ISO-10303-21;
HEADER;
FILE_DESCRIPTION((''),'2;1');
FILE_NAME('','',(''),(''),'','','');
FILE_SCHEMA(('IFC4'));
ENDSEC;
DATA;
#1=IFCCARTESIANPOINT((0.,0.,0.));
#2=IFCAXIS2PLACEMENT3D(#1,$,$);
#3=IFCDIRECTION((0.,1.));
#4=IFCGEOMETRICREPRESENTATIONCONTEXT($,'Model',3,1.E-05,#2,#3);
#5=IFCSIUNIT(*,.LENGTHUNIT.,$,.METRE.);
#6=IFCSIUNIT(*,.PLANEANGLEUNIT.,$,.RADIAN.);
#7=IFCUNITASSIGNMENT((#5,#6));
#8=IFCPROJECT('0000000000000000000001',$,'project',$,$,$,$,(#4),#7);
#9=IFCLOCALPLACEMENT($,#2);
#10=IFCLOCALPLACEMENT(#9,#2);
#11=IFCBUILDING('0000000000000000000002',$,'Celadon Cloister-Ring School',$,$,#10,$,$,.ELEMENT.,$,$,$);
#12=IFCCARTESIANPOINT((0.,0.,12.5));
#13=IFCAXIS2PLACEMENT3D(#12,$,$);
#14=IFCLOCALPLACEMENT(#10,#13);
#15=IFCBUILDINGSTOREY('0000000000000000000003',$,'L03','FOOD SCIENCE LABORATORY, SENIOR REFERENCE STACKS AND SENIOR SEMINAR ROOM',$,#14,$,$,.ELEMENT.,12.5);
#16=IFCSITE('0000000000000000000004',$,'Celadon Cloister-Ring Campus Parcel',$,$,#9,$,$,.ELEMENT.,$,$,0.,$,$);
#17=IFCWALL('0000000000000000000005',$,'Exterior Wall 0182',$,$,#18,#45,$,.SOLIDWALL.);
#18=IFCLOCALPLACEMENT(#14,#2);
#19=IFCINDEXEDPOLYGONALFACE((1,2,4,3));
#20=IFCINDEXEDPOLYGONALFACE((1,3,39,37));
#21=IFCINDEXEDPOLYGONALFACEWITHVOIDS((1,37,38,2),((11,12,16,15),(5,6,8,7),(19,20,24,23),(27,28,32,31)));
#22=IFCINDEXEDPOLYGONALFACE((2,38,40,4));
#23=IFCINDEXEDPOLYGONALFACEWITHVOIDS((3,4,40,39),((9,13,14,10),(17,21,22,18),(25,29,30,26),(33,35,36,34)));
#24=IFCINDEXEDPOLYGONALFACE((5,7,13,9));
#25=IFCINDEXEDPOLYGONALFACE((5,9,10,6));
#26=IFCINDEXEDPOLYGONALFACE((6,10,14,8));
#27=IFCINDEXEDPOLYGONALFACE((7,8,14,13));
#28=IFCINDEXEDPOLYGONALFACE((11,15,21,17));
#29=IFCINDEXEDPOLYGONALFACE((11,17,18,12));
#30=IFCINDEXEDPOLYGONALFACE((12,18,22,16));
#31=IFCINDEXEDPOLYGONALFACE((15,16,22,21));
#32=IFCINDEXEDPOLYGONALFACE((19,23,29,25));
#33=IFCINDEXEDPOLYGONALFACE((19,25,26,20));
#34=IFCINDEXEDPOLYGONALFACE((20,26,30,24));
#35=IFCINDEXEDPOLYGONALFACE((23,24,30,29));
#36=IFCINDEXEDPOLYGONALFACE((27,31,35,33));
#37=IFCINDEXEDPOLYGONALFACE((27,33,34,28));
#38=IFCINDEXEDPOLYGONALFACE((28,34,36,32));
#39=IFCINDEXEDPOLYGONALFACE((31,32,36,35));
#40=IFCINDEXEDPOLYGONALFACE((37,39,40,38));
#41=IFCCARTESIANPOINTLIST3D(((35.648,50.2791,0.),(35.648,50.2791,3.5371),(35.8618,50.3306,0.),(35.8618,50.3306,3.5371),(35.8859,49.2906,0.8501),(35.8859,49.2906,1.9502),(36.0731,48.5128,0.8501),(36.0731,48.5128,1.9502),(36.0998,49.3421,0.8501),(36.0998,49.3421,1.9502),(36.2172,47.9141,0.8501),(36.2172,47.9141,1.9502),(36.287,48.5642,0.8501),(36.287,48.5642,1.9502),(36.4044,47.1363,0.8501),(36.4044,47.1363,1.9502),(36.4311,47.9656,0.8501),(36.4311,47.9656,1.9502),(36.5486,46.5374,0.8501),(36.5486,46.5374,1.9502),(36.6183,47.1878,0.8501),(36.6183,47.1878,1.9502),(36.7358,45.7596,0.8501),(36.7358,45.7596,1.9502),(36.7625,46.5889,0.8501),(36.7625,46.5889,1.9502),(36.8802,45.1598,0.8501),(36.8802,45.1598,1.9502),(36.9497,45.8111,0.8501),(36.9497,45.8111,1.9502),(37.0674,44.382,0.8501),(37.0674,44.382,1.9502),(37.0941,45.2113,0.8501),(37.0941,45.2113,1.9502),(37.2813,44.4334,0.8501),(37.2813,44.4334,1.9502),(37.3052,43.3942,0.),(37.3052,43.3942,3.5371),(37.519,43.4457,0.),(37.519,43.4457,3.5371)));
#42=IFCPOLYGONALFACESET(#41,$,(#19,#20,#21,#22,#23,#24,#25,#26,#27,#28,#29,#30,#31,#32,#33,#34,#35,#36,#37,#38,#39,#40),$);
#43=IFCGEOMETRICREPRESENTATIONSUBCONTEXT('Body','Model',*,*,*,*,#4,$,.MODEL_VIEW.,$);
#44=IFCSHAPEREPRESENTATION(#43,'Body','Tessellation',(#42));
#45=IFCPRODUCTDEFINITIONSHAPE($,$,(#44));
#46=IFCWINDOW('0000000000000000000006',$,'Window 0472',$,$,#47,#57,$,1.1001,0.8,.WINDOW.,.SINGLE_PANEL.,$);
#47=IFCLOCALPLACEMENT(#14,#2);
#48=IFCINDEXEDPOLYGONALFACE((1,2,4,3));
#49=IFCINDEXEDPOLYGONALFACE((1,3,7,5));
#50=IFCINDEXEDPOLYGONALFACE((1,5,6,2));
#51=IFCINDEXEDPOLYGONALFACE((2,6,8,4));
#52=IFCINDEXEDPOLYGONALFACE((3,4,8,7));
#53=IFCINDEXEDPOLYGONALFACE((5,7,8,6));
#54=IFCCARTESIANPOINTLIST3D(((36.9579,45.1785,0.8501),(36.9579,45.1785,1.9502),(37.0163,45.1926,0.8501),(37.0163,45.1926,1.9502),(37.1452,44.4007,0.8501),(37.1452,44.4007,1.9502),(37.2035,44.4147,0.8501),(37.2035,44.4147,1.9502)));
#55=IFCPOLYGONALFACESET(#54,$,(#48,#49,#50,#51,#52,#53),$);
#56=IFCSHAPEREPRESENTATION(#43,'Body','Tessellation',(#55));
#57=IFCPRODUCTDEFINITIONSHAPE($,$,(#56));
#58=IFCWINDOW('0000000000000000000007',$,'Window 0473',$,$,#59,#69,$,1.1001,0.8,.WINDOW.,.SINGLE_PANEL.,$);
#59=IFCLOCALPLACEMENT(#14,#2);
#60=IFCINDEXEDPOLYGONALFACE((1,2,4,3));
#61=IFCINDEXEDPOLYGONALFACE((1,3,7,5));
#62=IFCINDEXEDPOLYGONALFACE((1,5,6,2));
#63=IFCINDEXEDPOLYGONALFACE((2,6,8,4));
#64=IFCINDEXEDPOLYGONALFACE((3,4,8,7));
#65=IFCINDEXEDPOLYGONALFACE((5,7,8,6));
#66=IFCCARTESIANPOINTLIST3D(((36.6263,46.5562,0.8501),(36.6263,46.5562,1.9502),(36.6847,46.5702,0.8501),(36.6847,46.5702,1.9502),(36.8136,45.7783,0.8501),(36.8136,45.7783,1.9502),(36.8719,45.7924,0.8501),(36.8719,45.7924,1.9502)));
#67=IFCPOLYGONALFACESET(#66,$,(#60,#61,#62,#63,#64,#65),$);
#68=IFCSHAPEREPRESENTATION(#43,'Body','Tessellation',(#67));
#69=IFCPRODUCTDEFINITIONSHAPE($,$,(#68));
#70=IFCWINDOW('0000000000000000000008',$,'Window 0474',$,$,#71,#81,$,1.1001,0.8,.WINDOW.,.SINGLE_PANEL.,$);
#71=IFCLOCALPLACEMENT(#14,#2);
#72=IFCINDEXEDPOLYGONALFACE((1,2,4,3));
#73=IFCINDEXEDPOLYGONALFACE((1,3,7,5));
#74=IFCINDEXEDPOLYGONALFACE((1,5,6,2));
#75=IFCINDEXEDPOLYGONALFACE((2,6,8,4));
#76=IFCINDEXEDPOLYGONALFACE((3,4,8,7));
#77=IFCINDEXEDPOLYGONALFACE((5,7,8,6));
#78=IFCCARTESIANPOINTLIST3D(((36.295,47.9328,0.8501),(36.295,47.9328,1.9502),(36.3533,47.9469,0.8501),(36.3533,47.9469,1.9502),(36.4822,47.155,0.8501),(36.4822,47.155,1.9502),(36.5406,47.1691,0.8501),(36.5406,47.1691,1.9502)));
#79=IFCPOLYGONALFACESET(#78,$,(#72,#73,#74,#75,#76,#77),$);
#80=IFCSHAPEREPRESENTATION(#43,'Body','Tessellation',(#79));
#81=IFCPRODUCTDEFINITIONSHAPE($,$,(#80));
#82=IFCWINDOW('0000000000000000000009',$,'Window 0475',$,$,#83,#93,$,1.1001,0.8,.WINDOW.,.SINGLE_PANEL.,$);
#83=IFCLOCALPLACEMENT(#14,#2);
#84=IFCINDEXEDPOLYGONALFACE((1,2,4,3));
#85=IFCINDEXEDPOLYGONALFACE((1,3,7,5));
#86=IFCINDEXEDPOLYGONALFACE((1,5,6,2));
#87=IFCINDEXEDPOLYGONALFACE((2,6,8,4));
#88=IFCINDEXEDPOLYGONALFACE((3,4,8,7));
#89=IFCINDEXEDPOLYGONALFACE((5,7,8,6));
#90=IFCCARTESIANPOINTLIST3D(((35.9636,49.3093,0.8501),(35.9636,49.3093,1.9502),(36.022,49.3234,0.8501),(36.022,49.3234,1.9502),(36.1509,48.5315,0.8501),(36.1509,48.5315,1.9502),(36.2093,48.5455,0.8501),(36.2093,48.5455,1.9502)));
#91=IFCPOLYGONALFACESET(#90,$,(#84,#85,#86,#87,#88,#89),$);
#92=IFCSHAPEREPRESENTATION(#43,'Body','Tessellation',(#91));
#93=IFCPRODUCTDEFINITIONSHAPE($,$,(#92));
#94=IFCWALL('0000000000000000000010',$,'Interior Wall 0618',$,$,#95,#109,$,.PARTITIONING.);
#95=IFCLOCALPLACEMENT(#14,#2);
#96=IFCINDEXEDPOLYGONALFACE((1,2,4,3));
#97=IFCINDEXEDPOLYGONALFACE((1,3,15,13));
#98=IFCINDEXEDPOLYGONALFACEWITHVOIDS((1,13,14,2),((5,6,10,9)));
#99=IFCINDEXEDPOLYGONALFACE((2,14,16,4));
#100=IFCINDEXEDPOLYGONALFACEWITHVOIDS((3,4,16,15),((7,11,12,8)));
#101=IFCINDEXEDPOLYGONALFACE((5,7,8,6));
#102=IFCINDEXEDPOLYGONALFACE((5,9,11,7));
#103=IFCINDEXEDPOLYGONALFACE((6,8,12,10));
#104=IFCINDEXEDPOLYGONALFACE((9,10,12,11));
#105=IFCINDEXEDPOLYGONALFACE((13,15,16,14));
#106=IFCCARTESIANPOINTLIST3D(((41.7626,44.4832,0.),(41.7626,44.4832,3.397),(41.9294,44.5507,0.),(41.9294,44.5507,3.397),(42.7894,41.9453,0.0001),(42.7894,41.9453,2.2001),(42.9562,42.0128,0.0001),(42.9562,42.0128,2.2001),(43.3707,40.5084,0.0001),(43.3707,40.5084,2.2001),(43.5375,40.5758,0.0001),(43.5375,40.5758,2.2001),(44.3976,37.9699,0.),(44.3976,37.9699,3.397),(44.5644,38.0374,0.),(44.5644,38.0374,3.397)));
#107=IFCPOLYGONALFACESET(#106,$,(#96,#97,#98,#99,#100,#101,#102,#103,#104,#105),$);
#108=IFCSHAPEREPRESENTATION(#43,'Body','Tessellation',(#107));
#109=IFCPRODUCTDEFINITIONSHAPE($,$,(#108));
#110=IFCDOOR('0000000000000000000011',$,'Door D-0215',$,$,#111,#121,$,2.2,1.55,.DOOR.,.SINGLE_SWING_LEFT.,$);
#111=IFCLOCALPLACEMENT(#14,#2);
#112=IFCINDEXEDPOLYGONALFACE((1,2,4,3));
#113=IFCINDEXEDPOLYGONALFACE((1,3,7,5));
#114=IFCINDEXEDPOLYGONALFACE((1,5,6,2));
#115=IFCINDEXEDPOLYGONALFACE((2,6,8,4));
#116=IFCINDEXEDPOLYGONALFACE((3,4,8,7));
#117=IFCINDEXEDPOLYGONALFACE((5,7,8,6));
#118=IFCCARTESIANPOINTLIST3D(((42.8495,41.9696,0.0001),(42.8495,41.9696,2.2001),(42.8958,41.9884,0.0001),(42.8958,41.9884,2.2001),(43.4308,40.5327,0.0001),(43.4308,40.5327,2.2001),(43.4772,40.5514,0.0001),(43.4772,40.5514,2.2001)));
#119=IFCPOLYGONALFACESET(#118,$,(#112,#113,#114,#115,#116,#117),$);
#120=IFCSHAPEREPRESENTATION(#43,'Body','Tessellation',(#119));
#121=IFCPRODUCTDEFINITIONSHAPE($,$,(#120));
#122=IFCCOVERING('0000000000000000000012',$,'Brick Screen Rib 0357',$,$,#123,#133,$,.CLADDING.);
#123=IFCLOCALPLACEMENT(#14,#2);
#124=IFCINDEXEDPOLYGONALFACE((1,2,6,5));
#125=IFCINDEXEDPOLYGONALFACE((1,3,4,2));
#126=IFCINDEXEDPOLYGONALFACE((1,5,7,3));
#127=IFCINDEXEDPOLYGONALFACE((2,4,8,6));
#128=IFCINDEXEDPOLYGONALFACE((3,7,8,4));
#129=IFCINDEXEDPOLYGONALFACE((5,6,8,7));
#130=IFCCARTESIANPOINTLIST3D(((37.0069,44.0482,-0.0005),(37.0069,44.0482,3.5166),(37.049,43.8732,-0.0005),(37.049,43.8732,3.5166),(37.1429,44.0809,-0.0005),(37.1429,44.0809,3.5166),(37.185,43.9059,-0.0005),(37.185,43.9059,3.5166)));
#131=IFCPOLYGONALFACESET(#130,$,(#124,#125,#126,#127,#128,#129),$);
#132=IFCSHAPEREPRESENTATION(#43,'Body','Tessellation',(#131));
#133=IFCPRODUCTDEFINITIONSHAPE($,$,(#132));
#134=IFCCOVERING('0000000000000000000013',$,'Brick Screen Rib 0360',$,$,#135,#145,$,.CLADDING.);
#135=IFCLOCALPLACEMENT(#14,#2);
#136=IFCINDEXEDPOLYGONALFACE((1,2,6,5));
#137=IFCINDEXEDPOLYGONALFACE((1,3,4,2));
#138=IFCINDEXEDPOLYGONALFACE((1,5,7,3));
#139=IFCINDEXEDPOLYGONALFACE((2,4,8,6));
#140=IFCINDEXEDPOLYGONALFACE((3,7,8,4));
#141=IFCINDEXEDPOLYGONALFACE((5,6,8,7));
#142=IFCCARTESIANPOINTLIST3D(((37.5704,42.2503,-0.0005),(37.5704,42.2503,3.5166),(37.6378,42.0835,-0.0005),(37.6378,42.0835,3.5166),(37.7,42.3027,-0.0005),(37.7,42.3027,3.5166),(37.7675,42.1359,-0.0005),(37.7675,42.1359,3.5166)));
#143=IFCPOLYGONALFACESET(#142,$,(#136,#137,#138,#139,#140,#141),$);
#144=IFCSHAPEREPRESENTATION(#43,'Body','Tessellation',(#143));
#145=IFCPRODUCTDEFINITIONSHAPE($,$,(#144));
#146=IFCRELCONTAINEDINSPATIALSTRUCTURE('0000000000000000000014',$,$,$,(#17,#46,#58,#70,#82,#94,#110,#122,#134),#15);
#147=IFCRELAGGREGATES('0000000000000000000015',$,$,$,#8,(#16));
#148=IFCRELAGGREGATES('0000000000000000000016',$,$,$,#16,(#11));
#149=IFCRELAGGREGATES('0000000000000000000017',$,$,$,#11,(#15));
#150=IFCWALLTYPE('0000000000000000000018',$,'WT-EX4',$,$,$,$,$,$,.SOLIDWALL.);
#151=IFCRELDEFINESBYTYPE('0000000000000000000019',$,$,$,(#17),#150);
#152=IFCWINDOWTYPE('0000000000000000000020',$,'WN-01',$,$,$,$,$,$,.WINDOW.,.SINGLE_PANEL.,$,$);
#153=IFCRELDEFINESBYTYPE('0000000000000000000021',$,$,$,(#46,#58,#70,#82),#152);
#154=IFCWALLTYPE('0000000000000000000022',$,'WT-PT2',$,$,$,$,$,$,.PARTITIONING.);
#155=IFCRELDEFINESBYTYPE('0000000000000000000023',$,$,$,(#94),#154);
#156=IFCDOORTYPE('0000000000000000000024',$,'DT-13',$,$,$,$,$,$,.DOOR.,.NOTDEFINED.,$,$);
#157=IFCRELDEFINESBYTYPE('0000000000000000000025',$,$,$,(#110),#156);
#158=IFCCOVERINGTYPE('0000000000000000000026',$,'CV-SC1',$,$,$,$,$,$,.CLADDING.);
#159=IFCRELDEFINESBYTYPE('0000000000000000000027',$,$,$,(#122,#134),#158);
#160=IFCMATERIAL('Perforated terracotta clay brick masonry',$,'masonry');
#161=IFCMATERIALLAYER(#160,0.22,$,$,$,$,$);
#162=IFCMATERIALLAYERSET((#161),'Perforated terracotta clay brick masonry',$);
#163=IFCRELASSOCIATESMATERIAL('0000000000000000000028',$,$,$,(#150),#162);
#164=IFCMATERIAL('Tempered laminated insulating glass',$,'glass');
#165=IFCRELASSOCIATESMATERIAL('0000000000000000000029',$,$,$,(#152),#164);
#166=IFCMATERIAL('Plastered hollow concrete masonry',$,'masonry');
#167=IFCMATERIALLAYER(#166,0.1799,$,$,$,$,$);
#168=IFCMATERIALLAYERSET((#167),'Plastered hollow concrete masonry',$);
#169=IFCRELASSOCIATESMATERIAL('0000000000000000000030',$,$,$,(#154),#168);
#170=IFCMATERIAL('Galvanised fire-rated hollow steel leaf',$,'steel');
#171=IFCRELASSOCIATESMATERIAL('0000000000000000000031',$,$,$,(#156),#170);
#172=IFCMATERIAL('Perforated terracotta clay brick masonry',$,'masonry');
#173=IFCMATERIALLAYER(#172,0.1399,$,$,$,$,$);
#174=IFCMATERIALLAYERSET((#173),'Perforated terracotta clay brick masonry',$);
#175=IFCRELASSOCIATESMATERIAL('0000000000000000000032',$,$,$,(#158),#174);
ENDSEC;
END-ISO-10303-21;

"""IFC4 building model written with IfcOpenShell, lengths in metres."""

from ifc_helpers import new_model, si_unit, direction, frame, frame_2d, origin, origin_2d, place, context, subcontext, project, spatial, rectangle, extrude, material, layer, layer_set, type_object, element, fill, save


model = new_model("IFC4")

# Units and contexts
model_context = context("Model", 3, precision=1e-05, world=origin(), true_north=direction((0.0, 1.0)))
body_context = subcontext(model_context, "Body", "Model", "MODEL_VIEW")
ifc_project = project(units=[si_unit("LENGTHUNIT", "METRE"), si_unit("PLANEANGLEUNIT", "RADIAN")], contexts=[model_context])

# Site, building, storey
site_placement = place(None, origin())
site = spatial("IfcSite", under=ifc_project, at=site_placement, Name="Celadon Cloister-Ring Campus Parcel", CompositionType="ELEMENT", RefElevation=0.0)
building_placement = place(site_placement, origin())
building = spatial("IfcBuilding", under=site, at=building_placement, Name="Celadon Cloister-Ring School", CompositionType="ELEMENT")
storey_placement = place(building_placement, frame((0.0, 0.0, 12.5)))
storey = spatial("IfcBuildingStorey", under=building, at=storey_placement, Name="L03", Description="FOOD SCIENCE LABORATORY, SENIOR REFERENCE STACKS AND SENIOR SEMINAR ROOM", CompositionType="ELEMENT", Elevation=12.5)

# Wall, openings, windows
ifc_material_1 = material(Name="Perforated terracotta clay brick masonry", Category="masonry")
ifc_layer_1 = layer(ifc_material_1, 0.22)
ifc_layer_set_1 = layer_set([ifc_layer_1], Name="Perforated terracotta clay brick masonry")
wall_type_1 = type_object("IfcWallType", Name="WT-EX4", PredefinedType="SOLIDWALL", material=ifc_layer_set_1)
wall_1_placement = place(storey_placement, frame((37.4121, 43.4199, 0.0), z_axis=(0.0, 0.0, 1.0), x_axis=(-0.234017, 0.972232, 0.0)))
wall_1 = element("IfcWall", 1, at=wall_1_placement, inside=storey, type_object=wall_type_1, Name="Exterior Wall 0182", PredefinedType="SOLIDWALL", context=body_context, shape_type="SweptSolid", body=[
    extrude(rectangle(XDim=7.0815, YDim=0.22, at=frame_2d((3.5408, 0.0))), origin(), (0.0, 0.0, 1.0), 3.5371),
])
opening_1_placement = place(wall_1_placement, frame((1.0161, 0.0, 0.8501)))
opening_1 = element("IfcOpeningElement", 2, at=opening_1_placement, cuts=wall_1, PredefinedType="OPENING", context=body_context, shape_type="SweptSolid", body=[
    extrude(rectangle(XDim=0.8, YDim=1.1001, at=frame_2d((0.3999, 0.55))), frame((0.0, 0.1201, 0.0), z_axis=(0.0, -1.0, 0.0), x_axis=(1.0, 0.0, 0.0)), (0.0, 0.0, 1.0), 0.24),
])
opening_2_placement = place(wall_1_placement, frame((2.4331, 0.0, 0.8501)))
opening_2 = element("IfcOpeningElement", 3, at=opening_2_placement, cuts=wall_1, PredefinedType="OPENING", context=body_context, shape_type="SweptSolid", body=[
    extrude(rectangle(XDim=0.8, YDim=1.1001, at=frame_2d((0.3999, 0.55))), frame((0.0, 0.1201, 0.0), z_axis=(0.0, -1.0, 0.0), x_axis=(1.0, 0.0, 0.0)), (0.0, 0.0, 1.0), 0.24),
])
opening_3_placement = place(wall_1_placement, frame((3.8491, 0.0, 0.8501)))
opening_3 = element("IfcOpeningElement", 4, at=opening_3_placement, cuts=wall_1, PredefinedType="OPENING", context=body_context, shape_type="SweptSolid", body=[
    extrude(rectangle(XDim=0.8, YDim=1.1001, at=frame_2d((0.3999, 0.55))), frame((0.0, 0.1201, 0.0), z_axis=(0.0, -1.0, 0.0), x_axis=(1.0, 0.0, 0.0)), (0.0, 0.0, 1.0), 0.24),
])
opening_4_placement = place(wall_1_placement, frame((5.2649, 0.0, 0.8501)))
opening_4 = element("IfcOpeningElement", 5, at=opening_4_placement, cuts=wall_1, PredefinedType="OPENING", context=body_context, shape_type="SweptSolid", body=[
    extrude(rectangle(XDim=0.8, YDim=1.1001, at=frame_2d((0.3999, 0.55))), frame((0.0, 0.1201, 0.0), z_axis=(0.0, -1.0, 0.0), x_axis=(1.0, 0.0, 0.0)), (0.0, 0.0, 1.0), 0.24),
])
ifc_material_2 = material(Name="Tempered laminated insulating glass", Category="glass")
window_type = type_object("IfcWindowType", Name="WN-01", PartitioningType="SINGLE_PANEL", PredefinedType="WINDOW", material=ifc_material_2)
window_1_placement = place(opening_1_placement, origin())
window_1 = element("IfcWindow", 6, at=window_1_placement, inside=storey, type_object=window_type, Name="Window 0472", OverallHeight=1.1001, OverallWidth=0.8, PartitioningType="SINGLE_PANEL", PredefinedType="WINDOW", context=body_context, shape_type="SweptSolid", body=[
    extrude(rectangle(XDim=0.8, YDim=1.1001, at=frame_2d((0.3999, 0.55))), frame((0.0, 0.03, 0.0), z_axis=(0.0, -1.0, 0.0), x_axis=(1.0, 0.0, 0.0)), (0.0, 0.0, 1.0), 0.0601),
])
fill(opening_1, window_1)
window_2_placement = place(opening_2_placement, origin())
window_2 = element("IfcWindow", 7, at=window_2_placement, inside=storey, type_object=window_type, Name="Window 0473", OverallHeight=1.1001, OverallWidth=0.8, PartitioningType="SINGLE_PANEL", PredefinedType="WINDOW", context=body_context, shape_type="SweptSolid", body=[
    extrude(rectangle(XDim=0.8, YDim=1.1001, at=frame_2d((0.3999, 0.55))), frame((0.0, 0.03, 0.0), z_axis=(0.0, -1.0, 0.0), x_axis=(1.0, 0.0, 0.0)), (0.0, 0.0, 1.0), 0.0601),
])
fill(opening_2, window_2)
window_3_placement = place(opening_3_placement, origin())
window_3 = element("IfcWindow", 8, at=window_3_placement, inside=storey, type_object=window_type, Name="Window 0474", OverallHeight=1.1001, OverallWidth=0.8, PartitioningType="SINGLE_PANEL", PredefinedType="WINDOW", context=body_context, shape_type="SweptSolid", body=[
    extrude(rectangle(XDim=0.8, YDim=1.1001, at=frame_2d((0.3999, 0.55))), frame((0.0, 0.03, 0.0), z_axis=(0.0, -1.0, 0.0), x_axis=(1.0, 0.0, 0.0)), (0.0, 0.0, 1.0), 0.0601),
])
fill(opening_3, window_3)
window_4_placement = place(opening_4_placement, origin())
window_4 = element("IfcWindow", 9, at=window_4_placement, inside=storey, type_object=window_type, Name="Window 0475", OverallHeight=1.1001, OverallWidth=0.8, PartitioningType="SINGLE_PANEL", PredefinedType="WINDOW", context=body_context, shape_type="SweptSolid", body=[
    extrude(rectangle(XDim=0.8, YDim=1.1001, at=frame_2d((0.3999, 0.55))), frame((0.0, 0.03, 0.0), z_axis=(0.0, -1.0, 0.0), x_axis=(1.0, 0.0, 0.0)), (0.0, 0.0, 1.0), 0.0601),
])
fill(opening_4, window_4)

# Wall, opening, door
ifc_material_3 = material(Name="Plastered hollow concrete masonry", Category="masonry")
ifc_layer_2 = layer(ifc_material_3, 0.1799)
ifc_layer_set_2 = layer_set([ifc_layer_2], Name="Plastered hollow concrete masonry")
wall_type_2 = type_object("IfcWallType", Name="WT-PT2", PredefinedType="PARTITIONING", material=ifc_layer_set_2)
wall_2_placement = place(storey_placement, frame((41.8459, 44.5171, 0.0), z_axis=(0.0, 0.0, 1.0), x_axis=(0.375036, -0.92701, 0.0)))
wall_2 = element("IfcWall", 10, at=wall_2_placement, inside=storey, type_object=wall_type_2, Name="Interior Wall 0618", PredefinedType="PARTITIONING", context=body_context, shape_type="SweptSolid", body=[
    extrude(rectangle(XDim=7.0261, YDim=0.1799, at=frame_2d((3.5132, 0.0))), origin(), (0.0, 0.0, 1.0), 3.397),
])
opening_5_placement = place(wall_2_placement, frame((2.738, 0.0, 0.0)))
opening_5 = element("IfcOpeningElement", 11, at=opening_5_placement, cuts=wall_2, PredefinedType="OPENING", context=body_context, shape_type="SweptSolid", body=[
    extrude(rectangle(XDim=1.55, YDim=2.2, at=frame_2d((0.7749, 1.1001))), frame((0.0, 0.1001, 0.0), z_axis=(0.0, -1.0, 0.0), x_axis=(1.0, 0.0, 0.0)), (0.0, 0.0, 1.0), 0.2),
])
ifc_material_4 = material(Name="Galvanised fire-rated hollow steel leaf", Category="steel")
door_type = type_object("IfcDoorType", Name="DT-13", OperationType="NOTDEFINED", PredefinedType="DOOR", material=ifc_material_4)
door_placement = place(opening_5_placement, origin())
door = element("IfcDoor", 12, at=door_placement, inside=storey, type_object=door_type, Name="Door D-0215", OperationType="SINGLE_SWING_LEFT", OverallHeight=2.2, OverallWidth=1.55, PredefinedType="DOOR", context=body_context, shape_type="SweptSolid", body=[
    extrude(rectangle(XDim=1.55, YDim=2.2, at=frame_2d((0.7749, 1.1001))), frame((0.0, 0.0249, 0.0), z_axis=(0.0, -1.0, 0.0), x_axis=(1.0, 0.0, 0.0)), (0.0, 0.0, 1.0), 0.05),
])
fill(opening_5, door)

# Coverings
ifc_material_5 = material(Name="Perforated terracotta clay brick masonry", Category="masonry")
ifc_layer_3 = layer(ifc_material_5, 0.1399)
ifc_layer_set_3 = layer_set([ifc_layer_3], Name="Perforated terracotta clay brick masonry")
covering_type = type_object("IfcCoveringType", Name="CV-SC1", PredefinedType="CLADDING", material=ifc_layer_set_3)
for number, where, z_axis, x_axis, name in (
    (13, (37.0959, 43.9771, -0.0005), (0.0, 0.0, 1.0), (-0.233988, 0.972239, 0.0), "Brick Screen Rib 0357"),
    (14, (37.6689, 42.1931, -0.0005), (0.0, 0.0, 1.0), (-0.375043, 0.927007, 0.0), "Brick Screen Rib 0360"),
):
    element("IfcCovering", number, at=place(storey_placement, frame(where, z_axis=z_axis, x_axis=x_axis)), inside=storey, type_object=covering_type, Name=name, PredefinedType="CLADDING", context=body_context, shape_type="SweptSolid", body=[
        extrude(rectangle(XDim=0.1799, YDim=0.1399, at=origin_2d()), origin(), (0.0, 0.0, 1.0), 3.5171),
    ])

save(model, "model.ifc")
